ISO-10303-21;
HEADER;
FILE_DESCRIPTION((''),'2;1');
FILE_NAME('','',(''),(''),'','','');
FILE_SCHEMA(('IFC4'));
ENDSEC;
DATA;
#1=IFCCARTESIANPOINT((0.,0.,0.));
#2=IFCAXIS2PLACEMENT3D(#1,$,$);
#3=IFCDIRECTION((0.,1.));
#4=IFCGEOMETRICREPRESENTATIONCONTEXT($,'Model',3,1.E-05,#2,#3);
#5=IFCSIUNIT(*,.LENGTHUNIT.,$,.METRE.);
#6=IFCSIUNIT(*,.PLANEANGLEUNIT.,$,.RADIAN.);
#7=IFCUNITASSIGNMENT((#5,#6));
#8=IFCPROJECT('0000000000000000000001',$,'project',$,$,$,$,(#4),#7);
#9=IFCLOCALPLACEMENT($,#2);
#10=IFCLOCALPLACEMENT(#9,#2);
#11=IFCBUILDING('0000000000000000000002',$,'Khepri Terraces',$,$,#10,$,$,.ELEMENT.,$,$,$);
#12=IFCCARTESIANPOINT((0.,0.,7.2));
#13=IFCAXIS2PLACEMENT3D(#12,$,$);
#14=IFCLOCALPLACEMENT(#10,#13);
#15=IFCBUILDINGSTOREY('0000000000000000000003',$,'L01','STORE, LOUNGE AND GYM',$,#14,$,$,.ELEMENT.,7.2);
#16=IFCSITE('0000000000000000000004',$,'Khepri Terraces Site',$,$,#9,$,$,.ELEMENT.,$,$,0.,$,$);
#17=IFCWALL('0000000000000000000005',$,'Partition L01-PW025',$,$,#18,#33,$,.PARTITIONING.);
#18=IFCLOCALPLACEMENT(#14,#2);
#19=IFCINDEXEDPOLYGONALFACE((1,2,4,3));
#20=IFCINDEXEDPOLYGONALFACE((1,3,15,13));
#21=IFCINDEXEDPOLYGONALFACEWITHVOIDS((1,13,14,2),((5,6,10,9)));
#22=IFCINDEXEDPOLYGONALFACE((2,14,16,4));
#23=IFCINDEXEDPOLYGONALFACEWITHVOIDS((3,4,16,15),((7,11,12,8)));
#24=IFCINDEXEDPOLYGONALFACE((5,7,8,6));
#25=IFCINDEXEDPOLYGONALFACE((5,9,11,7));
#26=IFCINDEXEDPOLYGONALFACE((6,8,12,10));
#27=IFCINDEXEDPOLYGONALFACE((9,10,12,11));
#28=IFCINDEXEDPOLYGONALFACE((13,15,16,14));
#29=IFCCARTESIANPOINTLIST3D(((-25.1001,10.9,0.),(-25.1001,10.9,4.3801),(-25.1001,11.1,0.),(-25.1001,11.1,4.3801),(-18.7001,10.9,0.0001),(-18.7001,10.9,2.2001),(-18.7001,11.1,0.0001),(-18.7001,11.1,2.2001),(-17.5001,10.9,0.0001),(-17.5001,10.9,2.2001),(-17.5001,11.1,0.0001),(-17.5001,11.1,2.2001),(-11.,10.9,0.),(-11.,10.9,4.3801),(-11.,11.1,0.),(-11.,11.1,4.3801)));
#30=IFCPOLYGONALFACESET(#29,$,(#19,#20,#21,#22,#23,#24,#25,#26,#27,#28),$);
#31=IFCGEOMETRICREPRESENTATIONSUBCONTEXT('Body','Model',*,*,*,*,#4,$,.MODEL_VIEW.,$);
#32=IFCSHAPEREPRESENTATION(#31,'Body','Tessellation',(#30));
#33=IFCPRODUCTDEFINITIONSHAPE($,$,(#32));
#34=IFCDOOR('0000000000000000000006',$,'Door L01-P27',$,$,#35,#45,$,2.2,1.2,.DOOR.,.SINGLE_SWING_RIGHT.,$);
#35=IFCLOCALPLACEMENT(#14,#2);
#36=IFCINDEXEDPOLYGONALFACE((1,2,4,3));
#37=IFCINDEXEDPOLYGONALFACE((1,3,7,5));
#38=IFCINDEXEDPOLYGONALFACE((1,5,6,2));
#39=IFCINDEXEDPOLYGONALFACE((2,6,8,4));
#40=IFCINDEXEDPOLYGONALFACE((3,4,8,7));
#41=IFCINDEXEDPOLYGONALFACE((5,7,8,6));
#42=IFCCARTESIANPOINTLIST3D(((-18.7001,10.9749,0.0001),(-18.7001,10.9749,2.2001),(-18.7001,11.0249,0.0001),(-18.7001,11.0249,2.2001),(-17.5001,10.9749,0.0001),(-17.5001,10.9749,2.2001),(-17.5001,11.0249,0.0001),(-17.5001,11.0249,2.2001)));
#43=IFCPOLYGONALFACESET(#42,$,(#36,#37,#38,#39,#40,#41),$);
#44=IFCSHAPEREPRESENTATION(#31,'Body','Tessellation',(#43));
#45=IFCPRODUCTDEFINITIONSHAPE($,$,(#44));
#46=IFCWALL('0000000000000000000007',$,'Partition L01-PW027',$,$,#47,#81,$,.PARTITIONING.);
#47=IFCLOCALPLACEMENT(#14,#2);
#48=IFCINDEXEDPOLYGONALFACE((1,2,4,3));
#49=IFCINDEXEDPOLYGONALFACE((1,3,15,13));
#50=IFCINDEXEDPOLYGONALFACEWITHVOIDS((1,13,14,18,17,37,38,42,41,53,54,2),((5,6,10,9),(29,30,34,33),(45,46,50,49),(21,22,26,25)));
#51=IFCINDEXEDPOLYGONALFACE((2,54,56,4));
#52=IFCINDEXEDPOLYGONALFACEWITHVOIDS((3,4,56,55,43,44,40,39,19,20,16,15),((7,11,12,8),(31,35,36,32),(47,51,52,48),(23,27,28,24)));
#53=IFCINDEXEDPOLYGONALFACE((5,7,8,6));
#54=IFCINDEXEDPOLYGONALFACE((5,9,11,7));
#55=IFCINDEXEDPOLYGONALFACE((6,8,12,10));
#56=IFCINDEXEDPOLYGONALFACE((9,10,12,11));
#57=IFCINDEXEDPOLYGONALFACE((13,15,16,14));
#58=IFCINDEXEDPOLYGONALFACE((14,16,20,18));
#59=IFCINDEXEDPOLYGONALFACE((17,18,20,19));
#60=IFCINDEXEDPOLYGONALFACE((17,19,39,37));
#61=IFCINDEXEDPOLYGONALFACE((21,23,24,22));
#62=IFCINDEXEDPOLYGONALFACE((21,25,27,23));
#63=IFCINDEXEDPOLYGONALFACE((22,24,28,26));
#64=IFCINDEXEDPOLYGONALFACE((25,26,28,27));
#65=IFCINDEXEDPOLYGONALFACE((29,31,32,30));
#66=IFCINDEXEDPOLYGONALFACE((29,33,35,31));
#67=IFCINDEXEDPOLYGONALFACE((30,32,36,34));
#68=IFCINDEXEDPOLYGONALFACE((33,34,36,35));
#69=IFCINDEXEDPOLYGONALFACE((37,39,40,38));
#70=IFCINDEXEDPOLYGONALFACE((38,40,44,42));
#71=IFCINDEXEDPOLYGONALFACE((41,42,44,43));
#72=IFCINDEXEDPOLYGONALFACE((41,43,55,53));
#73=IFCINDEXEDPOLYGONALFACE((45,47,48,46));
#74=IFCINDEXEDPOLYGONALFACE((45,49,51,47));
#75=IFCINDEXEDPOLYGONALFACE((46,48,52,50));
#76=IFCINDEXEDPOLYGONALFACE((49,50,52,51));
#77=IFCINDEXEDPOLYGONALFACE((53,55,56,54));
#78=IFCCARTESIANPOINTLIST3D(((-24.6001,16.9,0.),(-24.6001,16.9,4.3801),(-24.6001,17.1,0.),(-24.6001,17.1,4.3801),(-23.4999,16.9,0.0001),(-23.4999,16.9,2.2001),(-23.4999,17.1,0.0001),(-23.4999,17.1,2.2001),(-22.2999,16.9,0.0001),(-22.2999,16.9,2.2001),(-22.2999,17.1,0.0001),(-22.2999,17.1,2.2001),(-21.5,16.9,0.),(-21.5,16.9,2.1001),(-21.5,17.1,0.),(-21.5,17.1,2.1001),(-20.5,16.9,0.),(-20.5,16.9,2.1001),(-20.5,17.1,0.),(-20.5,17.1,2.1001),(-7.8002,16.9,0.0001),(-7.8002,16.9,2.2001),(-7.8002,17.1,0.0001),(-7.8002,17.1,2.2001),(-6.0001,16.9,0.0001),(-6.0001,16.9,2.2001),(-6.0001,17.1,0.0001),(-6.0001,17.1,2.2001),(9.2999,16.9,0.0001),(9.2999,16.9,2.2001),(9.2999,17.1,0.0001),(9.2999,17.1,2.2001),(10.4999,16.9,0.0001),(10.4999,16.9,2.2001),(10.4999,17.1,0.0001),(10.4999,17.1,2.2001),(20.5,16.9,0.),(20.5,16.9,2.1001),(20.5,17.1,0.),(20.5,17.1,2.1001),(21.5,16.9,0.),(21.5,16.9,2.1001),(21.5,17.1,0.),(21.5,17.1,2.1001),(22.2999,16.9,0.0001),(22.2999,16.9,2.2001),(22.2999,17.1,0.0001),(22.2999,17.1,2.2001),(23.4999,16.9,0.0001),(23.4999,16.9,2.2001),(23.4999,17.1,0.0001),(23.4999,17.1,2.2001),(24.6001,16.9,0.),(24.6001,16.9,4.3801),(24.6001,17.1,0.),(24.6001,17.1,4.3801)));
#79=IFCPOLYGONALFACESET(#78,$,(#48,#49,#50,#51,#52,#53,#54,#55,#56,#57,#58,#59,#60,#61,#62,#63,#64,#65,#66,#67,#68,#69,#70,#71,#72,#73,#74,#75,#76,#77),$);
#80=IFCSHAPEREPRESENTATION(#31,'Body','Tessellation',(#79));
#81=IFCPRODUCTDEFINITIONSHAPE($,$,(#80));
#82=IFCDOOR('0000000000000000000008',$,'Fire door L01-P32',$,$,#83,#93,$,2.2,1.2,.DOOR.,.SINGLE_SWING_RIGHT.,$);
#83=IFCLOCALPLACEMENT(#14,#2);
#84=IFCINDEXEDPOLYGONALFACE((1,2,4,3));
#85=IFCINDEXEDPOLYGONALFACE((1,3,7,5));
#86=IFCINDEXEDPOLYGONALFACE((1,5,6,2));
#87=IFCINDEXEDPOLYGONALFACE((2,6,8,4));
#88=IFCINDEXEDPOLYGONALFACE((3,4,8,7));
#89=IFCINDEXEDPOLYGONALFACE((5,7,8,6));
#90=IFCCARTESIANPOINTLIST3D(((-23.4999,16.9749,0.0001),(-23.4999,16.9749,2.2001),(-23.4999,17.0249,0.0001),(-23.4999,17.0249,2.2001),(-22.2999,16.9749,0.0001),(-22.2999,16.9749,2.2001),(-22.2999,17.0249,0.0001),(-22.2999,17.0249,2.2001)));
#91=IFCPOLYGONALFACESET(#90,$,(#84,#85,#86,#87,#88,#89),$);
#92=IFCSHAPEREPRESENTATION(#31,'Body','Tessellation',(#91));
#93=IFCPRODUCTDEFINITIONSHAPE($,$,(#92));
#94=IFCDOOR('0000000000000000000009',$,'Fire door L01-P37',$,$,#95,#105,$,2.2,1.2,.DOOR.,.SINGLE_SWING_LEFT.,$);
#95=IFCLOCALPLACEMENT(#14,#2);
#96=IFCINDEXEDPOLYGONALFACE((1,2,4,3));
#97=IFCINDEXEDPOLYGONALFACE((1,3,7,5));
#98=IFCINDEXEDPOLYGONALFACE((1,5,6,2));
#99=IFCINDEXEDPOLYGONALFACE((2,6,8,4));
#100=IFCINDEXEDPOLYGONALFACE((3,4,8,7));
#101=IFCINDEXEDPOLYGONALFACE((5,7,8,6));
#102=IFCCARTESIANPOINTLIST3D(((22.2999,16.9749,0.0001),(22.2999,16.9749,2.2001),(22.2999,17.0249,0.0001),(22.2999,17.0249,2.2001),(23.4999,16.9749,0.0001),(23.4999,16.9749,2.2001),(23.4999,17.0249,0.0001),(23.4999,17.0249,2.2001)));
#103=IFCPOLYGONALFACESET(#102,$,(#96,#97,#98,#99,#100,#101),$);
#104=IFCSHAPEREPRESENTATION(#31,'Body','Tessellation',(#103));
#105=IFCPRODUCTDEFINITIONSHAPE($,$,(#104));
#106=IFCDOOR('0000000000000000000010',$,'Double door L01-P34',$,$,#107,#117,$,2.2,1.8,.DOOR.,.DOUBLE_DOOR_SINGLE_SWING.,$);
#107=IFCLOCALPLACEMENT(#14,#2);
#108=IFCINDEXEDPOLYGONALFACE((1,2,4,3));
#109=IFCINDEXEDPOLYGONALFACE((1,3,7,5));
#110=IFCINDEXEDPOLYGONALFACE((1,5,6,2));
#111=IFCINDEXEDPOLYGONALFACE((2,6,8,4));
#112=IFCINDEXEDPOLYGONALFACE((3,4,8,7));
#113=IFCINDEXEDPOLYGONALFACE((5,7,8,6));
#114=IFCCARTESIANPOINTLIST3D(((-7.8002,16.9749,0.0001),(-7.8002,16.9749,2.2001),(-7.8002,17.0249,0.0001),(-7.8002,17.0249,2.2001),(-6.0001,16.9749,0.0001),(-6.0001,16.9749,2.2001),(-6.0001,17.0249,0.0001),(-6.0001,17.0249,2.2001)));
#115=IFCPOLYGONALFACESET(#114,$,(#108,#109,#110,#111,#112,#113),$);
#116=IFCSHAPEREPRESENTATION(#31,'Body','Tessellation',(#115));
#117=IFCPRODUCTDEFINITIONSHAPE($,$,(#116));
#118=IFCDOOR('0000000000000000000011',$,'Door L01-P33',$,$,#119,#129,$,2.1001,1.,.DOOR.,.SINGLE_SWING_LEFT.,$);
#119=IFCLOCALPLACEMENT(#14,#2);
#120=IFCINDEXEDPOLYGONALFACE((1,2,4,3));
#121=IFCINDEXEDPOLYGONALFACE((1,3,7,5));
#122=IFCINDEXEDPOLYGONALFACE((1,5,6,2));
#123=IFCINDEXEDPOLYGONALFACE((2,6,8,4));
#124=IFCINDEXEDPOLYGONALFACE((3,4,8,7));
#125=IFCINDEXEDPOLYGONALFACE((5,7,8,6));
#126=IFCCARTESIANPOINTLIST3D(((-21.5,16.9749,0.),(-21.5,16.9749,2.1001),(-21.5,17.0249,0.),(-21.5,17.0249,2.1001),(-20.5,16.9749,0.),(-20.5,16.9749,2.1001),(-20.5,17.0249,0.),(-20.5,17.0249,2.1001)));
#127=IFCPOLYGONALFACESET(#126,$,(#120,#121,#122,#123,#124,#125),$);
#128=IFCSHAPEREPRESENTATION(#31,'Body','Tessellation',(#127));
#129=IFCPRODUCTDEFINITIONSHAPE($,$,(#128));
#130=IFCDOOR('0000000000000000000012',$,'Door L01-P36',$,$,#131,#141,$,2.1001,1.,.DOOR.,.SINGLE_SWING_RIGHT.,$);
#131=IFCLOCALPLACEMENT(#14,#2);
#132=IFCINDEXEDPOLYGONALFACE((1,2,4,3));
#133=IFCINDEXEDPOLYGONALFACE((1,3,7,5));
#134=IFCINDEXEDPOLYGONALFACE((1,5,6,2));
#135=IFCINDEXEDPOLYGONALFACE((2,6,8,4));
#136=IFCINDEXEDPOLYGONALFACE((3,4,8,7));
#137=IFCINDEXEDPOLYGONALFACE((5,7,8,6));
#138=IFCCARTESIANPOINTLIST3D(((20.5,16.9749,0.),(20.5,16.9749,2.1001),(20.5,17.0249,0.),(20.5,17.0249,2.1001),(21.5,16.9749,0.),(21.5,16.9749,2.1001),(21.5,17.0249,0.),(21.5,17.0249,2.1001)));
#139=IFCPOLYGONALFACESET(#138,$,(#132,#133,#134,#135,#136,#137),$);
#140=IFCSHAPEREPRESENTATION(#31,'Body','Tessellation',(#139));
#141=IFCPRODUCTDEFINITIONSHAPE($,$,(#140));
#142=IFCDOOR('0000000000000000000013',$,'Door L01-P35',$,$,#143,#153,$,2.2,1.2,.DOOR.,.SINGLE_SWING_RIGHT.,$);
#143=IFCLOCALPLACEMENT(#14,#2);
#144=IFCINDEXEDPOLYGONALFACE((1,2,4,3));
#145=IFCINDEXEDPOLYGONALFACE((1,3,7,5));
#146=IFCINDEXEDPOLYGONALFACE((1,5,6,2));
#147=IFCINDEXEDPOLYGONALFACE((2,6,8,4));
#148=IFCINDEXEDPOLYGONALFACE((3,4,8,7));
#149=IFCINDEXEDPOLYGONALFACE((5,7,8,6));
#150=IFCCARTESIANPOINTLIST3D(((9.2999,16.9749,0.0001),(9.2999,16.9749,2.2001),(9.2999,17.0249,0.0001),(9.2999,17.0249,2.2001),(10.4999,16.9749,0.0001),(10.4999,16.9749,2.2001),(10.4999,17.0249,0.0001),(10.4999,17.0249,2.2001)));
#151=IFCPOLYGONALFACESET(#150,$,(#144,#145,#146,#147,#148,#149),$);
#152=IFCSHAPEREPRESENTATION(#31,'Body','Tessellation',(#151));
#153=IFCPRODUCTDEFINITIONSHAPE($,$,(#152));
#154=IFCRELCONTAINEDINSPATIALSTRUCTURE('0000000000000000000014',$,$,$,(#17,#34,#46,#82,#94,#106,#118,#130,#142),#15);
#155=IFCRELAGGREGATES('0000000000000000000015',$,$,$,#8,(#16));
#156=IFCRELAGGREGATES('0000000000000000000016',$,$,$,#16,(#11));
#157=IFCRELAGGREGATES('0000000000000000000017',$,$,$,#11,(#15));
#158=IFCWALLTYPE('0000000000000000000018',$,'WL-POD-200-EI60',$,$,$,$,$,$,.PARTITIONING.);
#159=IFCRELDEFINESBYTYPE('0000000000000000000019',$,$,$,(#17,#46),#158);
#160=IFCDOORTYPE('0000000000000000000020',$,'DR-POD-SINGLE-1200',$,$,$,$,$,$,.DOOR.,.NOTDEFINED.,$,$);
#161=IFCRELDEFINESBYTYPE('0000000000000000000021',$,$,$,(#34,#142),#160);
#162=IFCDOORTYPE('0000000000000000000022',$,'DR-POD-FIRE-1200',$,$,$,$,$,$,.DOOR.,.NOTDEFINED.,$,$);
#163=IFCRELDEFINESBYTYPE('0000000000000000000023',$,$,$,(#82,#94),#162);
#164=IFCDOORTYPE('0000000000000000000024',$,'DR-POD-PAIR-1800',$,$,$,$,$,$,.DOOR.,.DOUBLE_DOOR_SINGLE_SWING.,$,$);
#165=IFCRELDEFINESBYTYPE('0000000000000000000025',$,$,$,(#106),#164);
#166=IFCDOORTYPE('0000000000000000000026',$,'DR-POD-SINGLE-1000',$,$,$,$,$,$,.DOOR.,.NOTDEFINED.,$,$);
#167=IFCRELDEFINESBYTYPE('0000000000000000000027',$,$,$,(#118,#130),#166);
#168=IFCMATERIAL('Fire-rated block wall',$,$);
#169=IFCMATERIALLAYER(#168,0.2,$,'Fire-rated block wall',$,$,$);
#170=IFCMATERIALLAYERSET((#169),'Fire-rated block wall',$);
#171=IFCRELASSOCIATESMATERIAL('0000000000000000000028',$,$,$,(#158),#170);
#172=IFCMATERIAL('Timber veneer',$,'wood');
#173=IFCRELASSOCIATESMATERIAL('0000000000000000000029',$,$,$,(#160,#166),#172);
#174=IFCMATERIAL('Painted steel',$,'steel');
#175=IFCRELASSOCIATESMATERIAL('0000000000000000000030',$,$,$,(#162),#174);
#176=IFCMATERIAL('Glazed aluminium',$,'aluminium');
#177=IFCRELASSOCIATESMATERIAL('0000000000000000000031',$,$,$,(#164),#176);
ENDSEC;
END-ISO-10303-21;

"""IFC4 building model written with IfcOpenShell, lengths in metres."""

from ifc_helpers import new_model, si_unit, direction, frame, frame_2d, origin, place, context, subcontext, project, spatial, rectangle, extrude, material, layer, layer_set, type_object, element, fill, save


model = new_model("IFC4")

# Units and contexts
model_context = context("Model", 3, precision=1e-05, world=origin(), true_north=direction((0.0, 1.0)))
body_context = subcontext(model_context, "Body", "Model", "MODEL_VIEW")
ifc_project = project(units=[si_unit("LENGTHUNIT", "METRE"), si_unit("PLANEANGLEUNIT", "RADIAN")], contexts=[model_context])

# Site, building, storey
site_placement = place(None, origin())
site = spatial("IfcSite", under=ifc_project, at=site_placement, Name="Khepri Terraces Site", CompositionType="ELEMENT", RefElevation=0.0)
building_placement = place(site_placement, origin())
building = spatial("IfcBuilding", under=site, at=building_placement, Name="Khepri Terraces", CompositionType="ELEMENT")
storey_placement = place(building_placement, frame((0.0, 0.0, 7.2)))
storey = spatial("IfcBuildingStorey", under=building, at=storey_placement, Name="L01", Description="STORE, LOUNGE AND GYM", CompositionType="ELEMENT", Elevation=7.2)

# Shared definitions
ifc_material_1 = material(Name="Painted steel", Category="steel")

# Wall, opening, door
ifc_material_2 = material(Name="Fire-rated block wall")
ifc_layer_1 = layer(ifc_material_2, 0.2, Name="Fire-rated block wall")
ifc_layer_set_1 = layer_set([ifc_layer_1], Name="Fire-rated block wall")
wall_type_1 = type_object("IfcWallType", Name="WL-POD-200-EI60", PredefinedType="PARTITIONING", material=ifc_layer_set_1)
wall_1_placement = place(storey_placement, frame((-25.1001, 11.0, 0.0), z_axis=(0.0, 0.0, 1.0), x_axis=(1.0, 0.0, 0.0)))
wall_1 = element("IfcWall", 1, at=wall_1_placement, inside=storey, type_object=wall_type_1, Name="Partition L01-PW025", PredefinedType="PARTITIONING", context=body_context, shape_type="SweptSolid", body=[
    extrude(rectangle(XDim=14.1001, YDim=0.2, at=frame_2d((7.05, 0.0))), origin(), (0.0, 0.0, 1.0), 4.3801),
])
opening_1_placement = place(wall_1_placement, frame((6.3999, 0.0, 0.0)))
opening_1 = element("IfcOpeningElement", 2, at=opening_1_placement, cuts=wall_1, PredefinedType="OPENING", context=body_context, shape_type="SweptSolid", body=[
    extrude(rectangle(XDim=1.2, YDim=2.2, at=frame_2d((0.6001, 1.1001))), frame((0.0, 0.1099, 0.0), z_axis=(0.0, -1.0, 0.0), x_axis=(1.0, 0.0, 0.0)), (0.0, 0.0, 1.0), 0.22),
])
ifc_material_3 = material(Name="Timber veneer", Category="wood")
door_type_1 = type_object("IfcDoorType", Name="DR-POD-SINGLE-1200", OperationType="NOTDEFINED", PredefinedType="DOOR", material=ifc_material_3)
door_1_placement = place(opening_1_placement, origin())
door_1 = element("IfcDoor", 3, at=door_1_placement, inside=storey, type_object=door_type_1, Name="Door L01-P27", OperationType="SINGLE_SWING_RIGHT", OverallHeight=2.2, OverallWidth=1.2, PredefinedType="DOOR", context=body_context, shape_type="SweptSolid", body=[
    extrude(rectangle(XDim=1.2, YDim=2.2, at=frame_2d((0.6001, 1.1001))), frame((0.0, 0.0249, 0.0), z_axis=(0.0, -1.0, 0.0), x_axis=(1.0, 0.0, 0.0)), (0.0, 0.0, 1.0), 0.05),
])
fill(opening_1, door_1)

# Wall, openings, doors
wall_2_placement = place(storey_placement, frame((-24.6001, 17.0, 0.0), z_axis=(0.0, 0.0, 1.0), x_axis=(1.0, 0.0, 0.0)))
wall_2 = element("IfcWall", 4, at=wall_2_placement, inside=storey, type_object=wall_type_1, Name="Partition L01-PW027", PredefinedType="PARTITIONING", context=body_context, shape_type="SweptSolid", body=[
    extrude(rectangle(XDim=49.2002, YDim=0.2, at=frame_2d((24.6001, 0.0))), origin(), (0.0, 0.0, 1.0), 4.3801),
])
opening_2_placement = place(wall_2_placement, frame((1.1001, 0.0, 0.0)))
opening_2 = element("IfcOpeningElement", 5, at=opening_2_placement, cuts=wall_2, PredefinedType="OPENING", context=body_context, shape_type="SweptSolid", body=[
    extrude(rectangle(XDim=1.2, YDim=2.2, at=frame_2d((0.6001, 1.1001))), frame((0.0, 0.1099, 0.0), z_axis=(0.0, -1.0, 0.0), x_axis=(1.0, 0.0, 0.0)), (0.0, 0.0, 1.0), 0.22),
])
opening_3_placement = place(wall_2_placement, frame((3.1001, 0.0, 0.0)))
opening_3 = element("IfcOpeningElement", 6, at=opening_3_placement, cuts=wall_2, PredefinedType="OPENING", context=body_context, shape_type="SweptSolid", body=[
    extrude(rectangle(XDim=1.0, YDim=2.1001, at=frame_2d((0.5, 1.05))), frame((0.0, 0.1099, 0.0), z_axis=(0.0, -1.0, 0.0), x_axis=(1.0, 0.0, 0.0)), (0.0, 0.0, 1.0), 0.22),
])
opening_4_placement = place(wall_2_placement, frame((16.8, 0.0, 0.0)))
opening_4 = element("IfcOpeningElement", 7, at=opening_4_placement, cuts=wall_2, PredefinedType="OPENING", context=body_context, shape_type="SweptSolid", body=[
    extrude(rectangle(XDim=1.8, YDim=2.2, at=frame_2d((0.8999, 1.1001))), frame((0.0, 0.1099, 0.0), z_axis=(0.0, -1.0, 0.0), x_axis=(1.0, 0.0, 0.0)), (0.0, 0.0, 1.0), 0.22),
])
opening_5_placement = place(wall_2_placement, frame((33.8999, 0.0, 0.0)))
opening_5 = element("IfcOpeningElement", 8, at=opening_5_placement, cuts=wall_2, PredefinedType="OPENING", context=body_context, shape_type="SweptSolid", body=[
    extrude(rectangle(XDim=1.2, YDim=2.2, at=frame_2d((0.6001, 1.1001))), frame((0.0, 0.1099, 0.0), z_axis=(0.0, -1.0, 0.0), x_axis=(1.0, 0.0, 0.0)), (0.0, 0.0, 1.0), 0.22),
])
opening_6_placement = place(wall_2_placement, frame((45.1001, 0.0, 0.0)))
opening_6 = element("IfcOpeningElement", 9, at=opening_6_placement, cuts=wall_2, PredefinedType="OPENING", context=body_context, shape_type="SweptSolid", body=[
    extrude(rectangle(XDim=1.0, YDim=2.1001, at=frame_2d((0.5, 1.05))), frame((0.0, 0.1099, 0.0), z_axis=(0.0, -1.0, 0.0), x_axis=(1.0, 0.0, 0.0)), (0.0, 0.0, 1.0), 0.22),
])
opening_7_placement = place(wall_2_placement, frame((46.8999, 0.0, 0.0)))
opening_7 = element("IfcOpeningElement", 10, at=opening_7_placement, cuts=wall_2, PredefinedType="OPENING", context=body_context, shape_type="SweptSolid", body=[
    extrude(rectangle(XDim=1.2, YDim=2.2, at=frame_2d((0.6001, 1.1001))), frame((0.0, 0.1099, 0.0), z_axis=(0.0, -1.0, 0.0), x_axis=(1.0, 0.0, 0.0)), (0.0, 0.0, 1.0), 0.22),
])
door_type_2 = type_object("IfcDoorType", Name="DR-POD-FIRE-1200", OperationType="NOTDEFINED", PredefinedType="DOOR", material=ifc_material_1)
door_2_placement = place(opening_2_placement, origin())
door_2 = element("IfcDoor", 11, at=door_2_placement, inside=storey, type_object=door_type_2, Name="Fire door L01-P32", OperationType="SINGLE_SWING_RIGHT", OverallHeight=2.2, OverallWidth=1.2, PredefinedType="DOOR", context=body_context, shape_type="SweptSolid", body=[
    extrude(rectangle(XDim=1.2, YDim=2.2, at=frame_2d((0.6001, 1.1001))), frame((0.0, 0.0249, 0.0), z_axis=(0.0, -1.0, 0.0), x_axis=(1.0, 0.0, 0.0)), (0.0, 0.0, 1.0), 0.05),
])
fill(opening_2, door_2)
door_3_placement = place(opening_7_placement, origin())
door_3 = element("IfcDoor", 12, at=door_3_placement, inside=storey, type_object=door_type_2, Name="Fire door L01-P37", OperationType="SINGLE_SWING_LEFT", OverallHeight=2.2, OverallWidth=1.2, PredefinedType="DOOR", context=body_context, shape_type="SweptSolid", body=[
    extrude(rectangle(XDim=1.2, YDim=2.2, at=frame_2d((0.6001, 1.1001))), frame((0.0, 0.0249, 0.0), z_axis=(0.0, -1.0, 0.0), x_axis=(1.0, 0.0, 0.0)), (0.0, 0.0, 1.0), 0.05),
])
fill(opening_7, door_3)
ifc_material_4 = material(Name="Glazed aluminium", Category="aluminium")
door_type_3 = type_object("IfcDoorType", Name="DR-POD-PAIR-1800", OperationType="DOUBLE_DOOR_SINGLE_SWING", PredefinedType="DOOR", material=ifc_material_4)
door_4_placement = place(opening_4_placement, origin())
door_4 = element("IfcDoor", 13, at=door_4_placement, inside=storey, type_object=door_type_3, Name="Double door L01-P34", OperationType="DOUBLE_DOOR_SINGLE_SWING", OverallHeight=2.2, OverallWidth=1.8, PredefinedType="DOOR", context=body_context, shape_type="SweptSolid", body=[
    extrude(rectangle(XDim=1.8, YDim=2.2, at=frame_2d((0.8999, 1.1001))), frame((0.0, 0.0249, 0.0), z_axis=(0.0, -1.0, 0.0), x_axis=(1.0, 0.0, 0.0)), (0.0, 0.0, 1.0), 0.05),
])
fill(opening_4, door_4)
door_type_4 = type_object("IfcDoorType", Name="DR-POD-SINGLE-1000", OperationType="NOTDEFINED", PredefinedType="DOOR", material=ifc_material_3)
door_5_placement = place(opening_3_placement, origin())
door_5 = element("IfcDoor", 14, at=door_5_placement, inside=storey, type_object=door_type_4, Name="Door L01-P33", OperationType="SINGLE_SWING_LEFT", OverallHeight=2.1001, OverallWidth=1.0, PredefinedType="DOOR", context=body_context, shape_type="SweptSolid", body=[
    extrude(rectangle(XDim=1.0, YDim=2.1001, at=frame_2d((0.5, 1.05))), frame((0.0, 0.0249, 0.0), z_axis=(0.0, -1.0, 0.0), x_axis=(1.0, 0.0, 0.0)), (0.0, 0.0, 1.0), 0.05),
])
fill(opening_3, door_5)
door_6_placement = place(opening_6_placement, origin())
door_6 = element("IfcDoor", 15, at=door_6_placement, inside=storey, type_object=door_type_4, Name="Door L01-P36", OperationType="SINGLE_SWING_RIGHT", OverallHeight=2.1001, OverallWidth=1.0, PredefinedType="DOOR", context=body_context, shape_type="SweptSolid", body=[
    extrude(rectangle(XDim=1.0, YDim=2.1001, at=frame_2d((0.5, 1.05))), frame((0.0, 0.0249, 0.0), z_axis=(0.0, -1.0, 0.0), x_axis=(1.0, 0.0, 0.0)), (0.0, 0.0, 1.0), 0.05),
])
fill(opening_6, door_6)
door_7_placement = place(opening_5_placement, origin())
door_7 = element("IfcDoor", 16, at=door_7_placement, inside=storey, type_object=door_type_1, Name="Door L01-P35", OperationType="SINGLE_SWING_RIGHT", OverallHeight=2.2, OverallWidth=1.2, PredefinedType="DOOR", context=body_context, shape_type="SweptSolid", body=[
    extrude(rectangle(XDim=1.2, YDim=2.2, at=frame_2d((0.6001, 1.1001))), frame((0.0, 0.0249, 0.0), z_axis=(0.0, -1.0, 0.0), x_axis=(1.0, 0.0, 0.0)), (0.0, 0.0, 1.0), 0.05),
])
fill(opening_5, door_7)

save(model, "model.ifc")
